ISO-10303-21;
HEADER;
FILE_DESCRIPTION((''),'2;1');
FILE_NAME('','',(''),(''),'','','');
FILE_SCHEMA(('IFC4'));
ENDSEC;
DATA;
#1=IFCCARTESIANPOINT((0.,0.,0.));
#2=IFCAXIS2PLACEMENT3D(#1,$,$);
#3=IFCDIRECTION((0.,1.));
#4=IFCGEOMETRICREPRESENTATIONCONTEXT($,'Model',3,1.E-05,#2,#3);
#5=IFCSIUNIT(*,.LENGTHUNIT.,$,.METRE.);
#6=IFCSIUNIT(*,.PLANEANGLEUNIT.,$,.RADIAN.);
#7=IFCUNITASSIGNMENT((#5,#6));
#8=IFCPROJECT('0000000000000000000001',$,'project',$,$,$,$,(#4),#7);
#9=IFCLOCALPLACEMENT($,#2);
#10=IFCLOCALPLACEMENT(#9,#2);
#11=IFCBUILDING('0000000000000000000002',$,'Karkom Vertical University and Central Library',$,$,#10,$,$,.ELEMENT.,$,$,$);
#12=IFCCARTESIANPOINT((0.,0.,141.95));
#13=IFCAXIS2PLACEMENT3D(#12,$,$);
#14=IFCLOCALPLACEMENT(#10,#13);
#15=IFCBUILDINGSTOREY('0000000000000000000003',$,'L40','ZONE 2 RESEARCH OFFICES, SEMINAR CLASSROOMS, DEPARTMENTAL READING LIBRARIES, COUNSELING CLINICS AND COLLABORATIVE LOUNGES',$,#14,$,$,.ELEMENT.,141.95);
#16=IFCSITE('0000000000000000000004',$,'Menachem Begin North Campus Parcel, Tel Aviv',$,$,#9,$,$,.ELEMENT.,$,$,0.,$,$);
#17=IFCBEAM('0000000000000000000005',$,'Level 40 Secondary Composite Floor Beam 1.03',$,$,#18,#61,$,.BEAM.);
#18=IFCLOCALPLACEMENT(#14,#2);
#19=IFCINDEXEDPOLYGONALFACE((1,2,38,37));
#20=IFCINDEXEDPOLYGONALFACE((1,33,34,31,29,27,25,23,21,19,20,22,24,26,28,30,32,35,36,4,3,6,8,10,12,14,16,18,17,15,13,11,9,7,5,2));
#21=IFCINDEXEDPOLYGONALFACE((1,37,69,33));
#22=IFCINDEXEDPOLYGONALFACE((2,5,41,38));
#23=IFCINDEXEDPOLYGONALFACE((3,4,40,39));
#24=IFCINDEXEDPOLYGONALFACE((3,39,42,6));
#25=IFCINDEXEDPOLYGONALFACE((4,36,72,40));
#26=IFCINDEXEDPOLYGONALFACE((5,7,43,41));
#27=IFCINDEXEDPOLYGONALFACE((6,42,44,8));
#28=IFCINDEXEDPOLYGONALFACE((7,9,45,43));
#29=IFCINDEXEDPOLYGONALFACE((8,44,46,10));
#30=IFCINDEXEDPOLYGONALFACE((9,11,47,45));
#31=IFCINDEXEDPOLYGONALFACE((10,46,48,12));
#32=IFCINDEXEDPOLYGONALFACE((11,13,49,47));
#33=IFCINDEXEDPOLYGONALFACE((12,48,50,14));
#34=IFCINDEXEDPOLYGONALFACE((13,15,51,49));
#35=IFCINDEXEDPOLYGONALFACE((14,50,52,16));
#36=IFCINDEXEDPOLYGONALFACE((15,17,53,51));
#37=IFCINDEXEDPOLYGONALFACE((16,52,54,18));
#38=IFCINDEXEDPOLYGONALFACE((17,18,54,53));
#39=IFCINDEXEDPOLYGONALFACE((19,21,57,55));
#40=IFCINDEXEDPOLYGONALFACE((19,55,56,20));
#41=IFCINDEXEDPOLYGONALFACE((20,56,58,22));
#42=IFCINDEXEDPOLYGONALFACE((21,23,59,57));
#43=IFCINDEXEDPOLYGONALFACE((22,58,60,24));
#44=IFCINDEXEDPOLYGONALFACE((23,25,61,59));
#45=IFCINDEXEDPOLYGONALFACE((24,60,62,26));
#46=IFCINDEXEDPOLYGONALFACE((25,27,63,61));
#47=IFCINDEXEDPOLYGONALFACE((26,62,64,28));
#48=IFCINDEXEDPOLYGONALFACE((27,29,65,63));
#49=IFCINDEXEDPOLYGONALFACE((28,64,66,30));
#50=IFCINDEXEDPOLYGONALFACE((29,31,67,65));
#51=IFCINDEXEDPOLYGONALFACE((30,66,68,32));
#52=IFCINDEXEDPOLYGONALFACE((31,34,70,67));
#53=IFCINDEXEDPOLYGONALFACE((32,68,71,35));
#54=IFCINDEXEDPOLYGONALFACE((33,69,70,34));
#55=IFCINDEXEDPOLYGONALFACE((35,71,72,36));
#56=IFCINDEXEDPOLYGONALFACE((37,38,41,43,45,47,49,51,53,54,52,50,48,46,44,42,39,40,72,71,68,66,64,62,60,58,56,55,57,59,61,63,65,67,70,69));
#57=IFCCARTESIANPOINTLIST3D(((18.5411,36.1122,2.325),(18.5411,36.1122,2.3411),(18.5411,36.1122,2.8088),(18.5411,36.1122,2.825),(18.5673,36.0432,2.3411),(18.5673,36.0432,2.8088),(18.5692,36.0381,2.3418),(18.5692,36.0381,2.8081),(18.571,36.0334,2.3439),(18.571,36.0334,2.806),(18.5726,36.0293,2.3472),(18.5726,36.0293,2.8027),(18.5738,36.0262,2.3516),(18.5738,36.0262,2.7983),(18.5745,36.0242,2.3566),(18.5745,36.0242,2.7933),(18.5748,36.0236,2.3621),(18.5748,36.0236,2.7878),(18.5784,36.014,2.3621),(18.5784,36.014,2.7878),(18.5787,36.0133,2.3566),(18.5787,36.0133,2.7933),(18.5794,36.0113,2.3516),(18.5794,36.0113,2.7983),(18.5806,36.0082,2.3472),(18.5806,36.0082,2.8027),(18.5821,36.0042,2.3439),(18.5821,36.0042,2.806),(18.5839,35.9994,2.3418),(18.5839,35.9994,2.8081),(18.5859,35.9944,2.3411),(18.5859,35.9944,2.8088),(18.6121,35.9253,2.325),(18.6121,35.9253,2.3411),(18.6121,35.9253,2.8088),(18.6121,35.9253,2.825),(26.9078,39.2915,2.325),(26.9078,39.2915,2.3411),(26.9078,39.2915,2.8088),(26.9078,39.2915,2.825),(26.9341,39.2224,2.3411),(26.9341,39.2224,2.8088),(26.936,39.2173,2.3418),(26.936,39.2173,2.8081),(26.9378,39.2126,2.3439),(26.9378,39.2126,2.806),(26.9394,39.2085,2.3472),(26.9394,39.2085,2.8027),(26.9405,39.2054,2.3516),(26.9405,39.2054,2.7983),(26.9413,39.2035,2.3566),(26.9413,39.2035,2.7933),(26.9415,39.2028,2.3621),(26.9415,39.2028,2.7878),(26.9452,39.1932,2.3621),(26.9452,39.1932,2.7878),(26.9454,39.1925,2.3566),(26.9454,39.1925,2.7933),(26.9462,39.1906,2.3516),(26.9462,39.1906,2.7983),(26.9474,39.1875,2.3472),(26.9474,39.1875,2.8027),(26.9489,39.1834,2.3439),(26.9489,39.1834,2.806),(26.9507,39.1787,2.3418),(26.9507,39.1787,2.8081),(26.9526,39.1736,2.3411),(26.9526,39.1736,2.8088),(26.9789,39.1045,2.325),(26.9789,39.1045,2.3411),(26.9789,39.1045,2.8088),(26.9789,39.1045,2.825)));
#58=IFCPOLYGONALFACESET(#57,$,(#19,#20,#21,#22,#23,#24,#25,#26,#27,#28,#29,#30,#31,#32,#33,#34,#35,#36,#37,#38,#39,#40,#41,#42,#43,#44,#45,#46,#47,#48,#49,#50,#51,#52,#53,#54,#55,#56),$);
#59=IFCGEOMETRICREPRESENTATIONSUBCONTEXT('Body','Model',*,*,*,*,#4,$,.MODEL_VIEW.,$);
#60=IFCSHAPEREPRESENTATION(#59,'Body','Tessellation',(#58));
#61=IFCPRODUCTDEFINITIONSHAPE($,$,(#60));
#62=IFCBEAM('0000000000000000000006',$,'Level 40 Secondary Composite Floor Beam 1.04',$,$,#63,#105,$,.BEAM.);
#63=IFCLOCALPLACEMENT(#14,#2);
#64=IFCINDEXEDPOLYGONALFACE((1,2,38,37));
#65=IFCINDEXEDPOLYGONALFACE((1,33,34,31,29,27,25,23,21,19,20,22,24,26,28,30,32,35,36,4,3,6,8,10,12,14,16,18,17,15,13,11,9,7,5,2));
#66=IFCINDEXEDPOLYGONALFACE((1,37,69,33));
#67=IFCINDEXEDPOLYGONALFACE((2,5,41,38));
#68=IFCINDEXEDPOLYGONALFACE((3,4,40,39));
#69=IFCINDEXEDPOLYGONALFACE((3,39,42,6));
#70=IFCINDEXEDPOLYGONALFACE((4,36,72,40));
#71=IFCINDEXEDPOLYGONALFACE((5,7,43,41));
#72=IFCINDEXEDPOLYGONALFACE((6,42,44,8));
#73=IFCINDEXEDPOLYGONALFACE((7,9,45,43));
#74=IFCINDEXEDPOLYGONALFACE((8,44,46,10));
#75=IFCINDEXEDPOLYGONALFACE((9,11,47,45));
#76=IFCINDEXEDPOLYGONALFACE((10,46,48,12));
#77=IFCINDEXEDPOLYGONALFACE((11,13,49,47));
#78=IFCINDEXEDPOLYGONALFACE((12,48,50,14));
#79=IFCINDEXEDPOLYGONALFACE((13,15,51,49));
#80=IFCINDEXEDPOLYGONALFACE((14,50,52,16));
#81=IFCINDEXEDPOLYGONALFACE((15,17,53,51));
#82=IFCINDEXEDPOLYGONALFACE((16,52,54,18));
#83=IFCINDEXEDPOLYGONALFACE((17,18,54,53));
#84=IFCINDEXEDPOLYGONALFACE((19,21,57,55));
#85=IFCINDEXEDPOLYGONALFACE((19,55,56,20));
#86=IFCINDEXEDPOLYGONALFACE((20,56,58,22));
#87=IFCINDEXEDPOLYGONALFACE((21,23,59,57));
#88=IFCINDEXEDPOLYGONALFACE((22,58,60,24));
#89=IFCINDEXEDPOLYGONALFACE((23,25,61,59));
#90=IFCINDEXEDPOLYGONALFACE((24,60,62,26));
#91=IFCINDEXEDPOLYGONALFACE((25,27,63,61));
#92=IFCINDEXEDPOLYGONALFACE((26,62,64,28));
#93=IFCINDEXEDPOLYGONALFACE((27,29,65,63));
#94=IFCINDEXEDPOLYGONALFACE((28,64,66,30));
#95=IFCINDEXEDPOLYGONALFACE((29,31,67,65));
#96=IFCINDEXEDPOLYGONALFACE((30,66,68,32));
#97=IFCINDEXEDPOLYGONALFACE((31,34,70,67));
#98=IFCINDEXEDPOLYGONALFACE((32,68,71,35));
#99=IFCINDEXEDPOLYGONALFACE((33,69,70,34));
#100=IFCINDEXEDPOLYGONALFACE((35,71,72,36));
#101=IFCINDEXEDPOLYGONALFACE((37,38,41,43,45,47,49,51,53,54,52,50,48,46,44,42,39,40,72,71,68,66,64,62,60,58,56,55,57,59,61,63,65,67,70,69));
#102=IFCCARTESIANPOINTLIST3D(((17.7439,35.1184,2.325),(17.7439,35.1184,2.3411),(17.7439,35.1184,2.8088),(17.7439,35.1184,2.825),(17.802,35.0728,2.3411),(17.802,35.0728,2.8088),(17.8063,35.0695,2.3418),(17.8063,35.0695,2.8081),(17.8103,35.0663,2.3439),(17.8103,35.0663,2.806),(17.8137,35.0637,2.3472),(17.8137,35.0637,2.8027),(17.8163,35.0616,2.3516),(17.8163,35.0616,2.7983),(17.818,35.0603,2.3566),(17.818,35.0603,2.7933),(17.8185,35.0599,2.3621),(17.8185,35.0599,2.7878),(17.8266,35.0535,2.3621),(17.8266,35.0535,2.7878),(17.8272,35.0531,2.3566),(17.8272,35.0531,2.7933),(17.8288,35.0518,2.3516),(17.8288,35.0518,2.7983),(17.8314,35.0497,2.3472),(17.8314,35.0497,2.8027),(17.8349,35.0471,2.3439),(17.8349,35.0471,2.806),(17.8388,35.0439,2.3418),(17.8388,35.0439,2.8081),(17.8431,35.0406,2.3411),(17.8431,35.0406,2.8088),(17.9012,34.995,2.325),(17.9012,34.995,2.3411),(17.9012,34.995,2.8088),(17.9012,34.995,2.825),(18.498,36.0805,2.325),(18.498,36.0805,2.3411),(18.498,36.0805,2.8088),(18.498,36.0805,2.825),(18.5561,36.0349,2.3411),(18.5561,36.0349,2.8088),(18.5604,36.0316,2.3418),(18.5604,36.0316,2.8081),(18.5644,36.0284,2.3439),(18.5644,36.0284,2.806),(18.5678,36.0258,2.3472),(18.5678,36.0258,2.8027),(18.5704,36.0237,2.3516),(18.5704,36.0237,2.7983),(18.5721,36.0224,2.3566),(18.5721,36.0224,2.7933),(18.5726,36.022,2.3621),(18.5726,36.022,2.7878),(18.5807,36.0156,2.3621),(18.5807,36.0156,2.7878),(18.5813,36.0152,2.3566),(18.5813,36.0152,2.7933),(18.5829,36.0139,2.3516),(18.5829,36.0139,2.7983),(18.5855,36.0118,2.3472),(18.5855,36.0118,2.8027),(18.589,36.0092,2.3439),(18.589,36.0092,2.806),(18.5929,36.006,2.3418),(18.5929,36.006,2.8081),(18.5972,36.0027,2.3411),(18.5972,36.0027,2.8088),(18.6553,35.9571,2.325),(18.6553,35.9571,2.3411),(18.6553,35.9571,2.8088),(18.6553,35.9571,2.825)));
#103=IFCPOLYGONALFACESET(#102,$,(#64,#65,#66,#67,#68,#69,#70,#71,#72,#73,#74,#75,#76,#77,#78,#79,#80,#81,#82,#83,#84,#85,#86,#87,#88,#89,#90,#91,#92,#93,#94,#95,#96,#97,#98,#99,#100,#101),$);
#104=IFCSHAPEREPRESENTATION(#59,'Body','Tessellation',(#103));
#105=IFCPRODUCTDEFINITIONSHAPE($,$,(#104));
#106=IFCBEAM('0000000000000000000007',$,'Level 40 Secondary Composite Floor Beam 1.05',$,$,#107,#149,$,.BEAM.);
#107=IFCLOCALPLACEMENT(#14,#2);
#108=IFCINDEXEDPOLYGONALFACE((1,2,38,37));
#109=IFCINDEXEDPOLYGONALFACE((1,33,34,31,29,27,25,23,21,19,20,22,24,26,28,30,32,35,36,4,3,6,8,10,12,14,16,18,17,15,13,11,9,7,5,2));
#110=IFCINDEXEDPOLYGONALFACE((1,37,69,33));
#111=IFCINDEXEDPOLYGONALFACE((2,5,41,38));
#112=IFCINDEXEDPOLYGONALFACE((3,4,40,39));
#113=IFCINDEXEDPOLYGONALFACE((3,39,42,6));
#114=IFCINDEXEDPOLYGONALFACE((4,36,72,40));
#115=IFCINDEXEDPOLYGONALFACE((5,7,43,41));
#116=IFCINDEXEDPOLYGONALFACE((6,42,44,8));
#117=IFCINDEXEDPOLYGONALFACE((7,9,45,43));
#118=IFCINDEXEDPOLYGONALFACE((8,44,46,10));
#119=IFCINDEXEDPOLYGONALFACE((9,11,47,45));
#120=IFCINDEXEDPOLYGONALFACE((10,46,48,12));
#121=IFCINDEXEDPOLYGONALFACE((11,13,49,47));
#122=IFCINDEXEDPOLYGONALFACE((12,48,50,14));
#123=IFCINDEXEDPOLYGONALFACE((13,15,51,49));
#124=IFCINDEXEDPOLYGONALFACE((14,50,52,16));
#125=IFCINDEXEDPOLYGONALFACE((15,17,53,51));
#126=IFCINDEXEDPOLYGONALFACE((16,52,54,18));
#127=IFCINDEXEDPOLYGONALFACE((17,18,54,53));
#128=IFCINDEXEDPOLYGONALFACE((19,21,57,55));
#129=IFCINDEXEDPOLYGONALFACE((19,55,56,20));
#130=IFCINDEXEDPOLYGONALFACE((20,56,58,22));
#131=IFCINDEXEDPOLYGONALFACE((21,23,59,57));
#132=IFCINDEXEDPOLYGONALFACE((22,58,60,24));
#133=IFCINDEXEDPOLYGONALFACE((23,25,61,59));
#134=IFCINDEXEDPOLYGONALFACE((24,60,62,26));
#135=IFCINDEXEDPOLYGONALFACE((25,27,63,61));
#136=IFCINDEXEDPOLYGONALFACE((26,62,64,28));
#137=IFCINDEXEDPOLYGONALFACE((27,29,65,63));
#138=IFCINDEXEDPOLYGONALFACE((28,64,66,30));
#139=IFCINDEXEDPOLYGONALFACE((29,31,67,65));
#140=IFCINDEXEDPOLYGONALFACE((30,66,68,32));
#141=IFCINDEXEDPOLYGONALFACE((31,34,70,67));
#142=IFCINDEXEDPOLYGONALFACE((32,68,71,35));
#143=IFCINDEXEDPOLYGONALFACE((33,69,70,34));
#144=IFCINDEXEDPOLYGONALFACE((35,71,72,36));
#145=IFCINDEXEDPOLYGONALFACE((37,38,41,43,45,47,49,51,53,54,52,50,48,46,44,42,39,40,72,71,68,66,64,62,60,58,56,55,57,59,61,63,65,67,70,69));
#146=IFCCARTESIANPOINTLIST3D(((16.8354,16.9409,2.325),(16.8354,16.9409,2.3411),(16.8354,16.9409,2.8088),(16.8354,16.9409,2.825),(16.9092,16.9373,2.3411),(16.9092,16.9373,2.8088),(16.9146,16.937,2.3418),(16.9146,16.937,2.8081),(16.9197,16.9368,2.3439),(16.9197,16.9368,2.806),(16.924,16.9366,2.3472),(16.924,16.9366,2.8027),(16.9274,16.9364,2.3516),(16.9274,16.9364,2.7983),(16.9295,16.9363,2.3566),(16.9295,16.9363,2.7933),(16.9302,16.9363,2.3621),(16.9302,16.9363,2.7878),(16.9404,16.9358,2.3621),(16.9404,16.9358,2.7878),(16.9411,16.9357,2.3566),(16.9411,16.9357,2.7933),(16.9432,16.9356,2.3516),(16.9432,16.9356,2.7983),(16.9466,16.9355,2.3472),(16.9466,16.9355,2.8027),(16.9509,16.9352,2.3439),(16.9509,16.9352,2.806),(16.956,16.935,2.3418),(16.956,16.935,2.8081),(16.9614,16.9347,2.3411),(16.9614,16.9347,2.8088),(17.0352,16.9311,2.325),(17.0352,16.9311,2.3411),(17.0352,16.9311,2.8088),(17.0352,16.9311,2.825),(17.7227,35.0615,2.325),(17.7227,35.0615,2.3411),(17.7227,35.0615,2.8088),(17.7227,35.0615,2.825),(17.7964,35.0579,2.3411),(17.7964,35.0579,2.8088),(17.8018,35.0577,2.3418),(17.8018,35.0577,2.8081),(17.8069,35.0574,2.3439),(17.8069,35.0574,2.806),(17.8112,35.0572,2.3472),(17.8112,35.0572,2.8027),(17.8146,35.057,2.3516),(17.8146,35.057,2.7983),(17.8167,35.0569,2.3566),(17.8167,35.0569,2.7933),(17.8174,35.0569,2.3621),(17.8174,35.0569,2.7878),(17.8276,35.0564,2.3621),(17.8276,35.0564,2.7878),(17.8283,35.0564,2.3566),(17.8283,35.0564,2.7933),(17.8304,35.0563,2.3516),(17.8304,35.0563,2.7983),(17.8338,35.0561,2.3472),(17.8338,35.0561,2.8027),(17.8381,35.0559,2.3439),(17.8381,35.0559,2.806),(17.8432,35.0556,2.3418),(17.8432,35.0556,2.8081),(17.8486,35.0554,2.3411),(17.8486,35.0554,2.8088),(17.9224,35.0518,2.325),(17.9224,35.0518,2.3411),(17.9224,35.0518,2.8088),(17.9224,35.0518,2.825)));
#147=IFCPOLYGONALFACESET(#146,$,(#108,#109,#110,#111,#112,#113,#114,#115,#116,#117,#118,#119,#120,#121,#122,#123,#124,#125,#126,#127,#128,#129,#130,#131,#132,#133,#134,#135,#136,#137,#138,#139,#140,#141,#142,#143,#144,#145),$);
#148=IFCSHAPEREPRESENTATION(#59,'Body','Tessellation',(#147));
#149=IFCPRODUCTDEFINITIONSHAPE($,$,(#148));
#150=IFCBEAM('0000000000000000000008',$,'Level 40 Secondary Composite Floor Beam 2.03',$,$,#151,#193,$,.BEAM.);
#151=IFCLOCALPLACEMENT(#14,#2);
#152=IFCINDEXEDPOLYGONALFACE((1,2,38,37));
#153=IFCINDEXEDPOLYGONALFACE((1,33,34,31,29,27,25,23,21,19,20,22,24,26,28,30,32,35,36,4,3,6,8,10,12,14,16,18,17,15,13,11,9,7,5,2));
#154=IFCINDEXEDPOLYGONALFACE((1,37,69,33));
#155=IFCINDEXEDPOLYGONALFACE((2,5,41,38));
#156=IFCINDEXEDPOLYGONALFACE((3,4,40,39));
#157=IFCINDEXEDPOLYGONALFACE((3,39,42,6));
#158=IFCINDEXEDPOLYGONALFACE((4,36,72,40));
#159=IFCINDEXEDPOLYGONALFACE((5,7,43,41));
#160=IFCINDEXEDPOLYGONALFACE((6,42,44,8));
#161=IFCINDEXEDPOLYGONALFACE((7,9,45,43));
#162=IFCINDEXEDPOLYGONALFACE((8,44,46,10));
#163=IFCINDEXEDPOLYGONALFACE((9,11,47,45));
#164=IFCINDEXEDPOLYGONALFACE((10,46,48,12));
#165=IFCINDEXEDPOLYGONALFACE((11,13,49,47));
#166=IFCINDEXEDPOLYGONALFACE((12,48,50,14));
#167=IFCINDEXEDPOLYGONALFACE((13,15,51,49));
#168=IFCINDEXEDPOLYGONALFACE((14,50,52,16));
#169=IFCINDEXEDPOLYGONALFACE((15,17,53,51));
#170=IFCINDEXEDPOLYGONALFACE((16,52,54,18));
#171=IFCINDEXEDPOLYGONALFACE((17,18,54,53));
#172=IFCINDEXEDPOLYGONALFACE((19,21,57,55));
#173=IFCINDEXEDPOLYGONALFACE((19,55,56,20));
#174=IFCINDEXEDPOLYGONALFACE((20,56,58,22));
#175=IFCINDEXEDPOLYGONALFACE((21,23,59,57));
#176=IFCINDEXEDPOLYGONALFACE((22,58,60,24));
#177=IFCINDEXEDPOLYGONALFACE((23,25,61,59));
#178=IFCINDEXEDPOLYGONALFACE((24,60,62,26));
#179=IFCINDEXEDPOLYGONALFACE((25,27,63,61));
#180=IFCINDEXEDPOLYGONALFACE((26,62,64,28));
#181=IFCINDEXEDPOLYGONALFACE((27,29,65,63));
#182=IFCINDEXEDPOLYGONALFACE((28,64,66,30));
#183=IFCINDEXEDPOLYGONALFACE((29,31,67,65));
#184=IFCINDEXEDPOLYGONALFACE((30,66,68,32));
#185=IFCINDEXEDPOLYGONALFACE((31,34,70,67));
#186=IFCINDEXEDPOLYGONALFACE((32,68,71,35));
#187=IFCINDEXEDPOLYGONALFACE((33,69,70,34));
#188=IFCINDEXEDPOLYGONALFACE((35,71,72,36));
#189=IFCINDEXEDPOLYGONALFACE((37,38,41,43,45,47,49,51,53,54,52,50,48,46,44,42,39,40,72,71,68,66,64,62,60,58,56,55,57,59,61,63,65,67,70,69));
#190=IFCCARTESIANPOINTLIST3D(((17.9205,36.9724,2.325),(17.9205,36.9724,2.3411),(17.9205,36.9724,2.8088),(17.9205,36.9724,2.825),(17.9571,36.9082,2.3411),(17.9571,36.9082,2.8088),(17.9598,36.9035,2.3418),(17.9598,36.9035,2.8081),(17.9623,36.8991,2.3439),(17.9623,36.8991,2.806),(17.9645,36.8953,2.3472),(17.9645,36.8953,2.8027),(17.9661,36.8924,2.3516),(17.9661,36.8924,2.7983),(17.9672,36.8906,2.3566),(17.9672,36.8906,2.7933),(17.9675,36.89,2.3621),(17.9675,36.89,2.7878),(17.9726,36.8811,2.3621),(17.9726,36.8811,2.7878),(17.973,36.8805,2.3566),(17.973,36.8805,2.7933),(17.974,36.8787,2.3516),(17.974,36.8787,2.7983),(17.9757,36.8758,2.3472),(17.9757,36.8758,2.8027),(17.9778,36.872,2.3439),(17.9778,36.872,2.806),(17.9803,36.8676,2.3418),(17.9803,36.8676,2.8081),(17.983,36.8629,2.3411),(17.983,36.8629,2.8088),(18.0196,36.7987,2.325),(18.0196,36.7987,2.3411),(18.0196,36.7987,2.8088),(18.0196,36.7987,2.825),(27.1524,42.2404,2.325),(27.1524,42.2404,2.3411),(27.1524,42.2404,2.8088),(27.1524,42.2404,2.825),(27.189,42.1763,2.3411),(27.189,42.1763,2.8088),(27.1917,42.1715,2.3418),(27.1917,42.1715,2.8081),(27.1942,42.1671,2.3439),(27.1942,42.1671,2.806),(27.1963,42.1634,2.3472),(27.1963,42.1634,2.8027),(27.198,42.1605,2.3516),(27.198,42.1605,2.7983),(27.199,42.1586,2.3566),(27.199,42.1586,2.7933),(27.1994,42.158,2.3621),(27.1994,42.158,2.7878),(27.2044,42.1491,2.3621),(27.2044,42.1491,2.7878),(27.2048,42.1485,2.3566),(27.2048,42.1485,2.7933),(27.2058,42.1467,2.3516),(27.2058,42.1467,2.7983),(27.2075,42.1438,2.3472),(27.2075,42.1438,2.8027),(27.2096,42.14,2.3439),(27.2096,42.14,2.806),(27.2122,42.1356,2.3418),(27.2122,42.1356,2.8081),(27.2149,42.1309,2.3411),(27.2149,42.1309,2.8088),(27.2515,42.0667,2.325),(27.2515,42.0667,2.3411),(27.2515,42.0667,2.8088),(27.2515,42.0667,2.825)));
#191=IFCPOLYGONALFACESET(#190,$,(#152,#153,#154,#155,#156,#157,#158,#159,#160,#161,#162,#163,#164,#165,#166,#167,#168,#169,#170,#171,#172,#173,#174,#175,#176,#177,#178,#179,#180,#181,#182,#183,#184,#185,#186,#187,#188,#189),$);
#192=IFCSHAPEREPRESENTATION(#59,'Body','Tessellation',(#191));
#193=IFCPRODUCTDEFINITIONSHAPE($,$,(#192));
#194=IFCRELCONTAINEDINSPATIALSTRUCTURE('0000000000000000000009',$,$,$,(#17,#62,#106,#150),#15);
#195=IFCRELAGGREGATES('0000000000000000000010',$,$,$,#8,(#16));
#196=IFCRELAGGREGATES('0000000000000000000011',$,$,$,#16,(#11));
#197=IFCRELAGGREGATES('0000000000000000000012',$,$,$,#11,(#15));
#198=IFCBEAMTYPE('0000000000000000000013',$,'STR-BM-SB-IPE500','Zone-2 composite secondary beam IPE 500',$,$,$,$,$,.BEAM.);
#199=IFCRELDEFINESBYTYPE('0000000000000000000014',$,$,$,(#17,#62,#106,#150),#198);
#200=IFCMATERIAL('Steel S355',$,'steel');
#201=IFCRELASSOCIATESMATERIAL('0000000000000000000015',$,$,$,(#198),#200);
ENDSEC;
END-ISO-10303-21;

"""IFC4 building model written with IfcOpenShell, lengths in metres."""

from ifc_helpers import new_model, si_unit, direction, frame, origin, origin_with_axes, origin_2d, place, context, subcontext, project, spatial, i_section, extrude, source, transform, mapped, material, material_profile, profile_set, type_object, element, save


model = new_model("IFC4")

# Units and contexts
model_context = context("Model", 3, precision=1e-05, world=origin(), true_north=direction((0.0, 1.0)))
body_context = subcontext(model_context, "Body", "Model", "MODEL_VIEW")
ifc_project = project(units=[si_unit("LENGTHUNIT", "METRE"), si_unit("PLANEANGLEUNIT", "RADIAN")], contexts=[model_context])

# Site, building, storey
site_placement = place(None, origin())
site = spatial("IfcSite", under=ifc_project, at=site_placement, Name="Menachem Begin North Campus Parcel, Tel Aviv", CompositionType="ELEMENT", RefElevation=0.0)
building_placement = place(site_placement, origin())
building = spatial("IfcBuilding", under=site, at=building_placement, Name="Karkom Vertical University and Central Library", CompositionType="ELEMENT")
storey_placement = place(building_placement, frame((0.0, 0.0, 141.95)))
storey = spatial("IfcBuildingStorey", under=building, at=storey_placement, Name="L40", Description="ZONE 2 RESEARCH OFFICES, SEMINAR CLASSROOMS, DEPARTMENTAL READING LIBRARIES, COUNSELING CLINICS AND COLLABORATIVE LOUNGES", CompositionType="ELEMENT", Elevation=141.95)

# Beams
ifc_material_1 = material(Name="Steel S355", Category="steel")
ifc_material_profile_1 = material_profile(ifc_material_1, i_section(OverallWidth=0.2, OverallDepth=0.5, WebThickness=0.0103, FlangeThickness=0.0161, FilletRadius=0.021, at=origin_2d()), Name="IPE 500")
ifc_profile_set_1 = profile_set([ifc_material_profile_1], Name="Steel S355")
beam_type_1 = type_object("IfcBeamType", Name="STR-BM-SB-IPE500", Description="Zone-2 composite secondary beam IPE 500", PredefinedType="BEAM", material=ifc_profile_set_1)
shared_shape_1 = source(origin_with_axes(), body_context, "Body", "SweptSolid", [
    extrude(i_section(OverallWidth=0.2, OverallDepth=0.5, WebThickness=0.0103, FlangeThickness=0.0161, FilletRadius=0.021, at=origin_2d()), origin(), (0.0, 0.0, 1.0), 8.9504),
])
beam_1_placement = place(storey_placement, frame((26.9434, 39.198, 2.575), z_axis=(-0.934789, -0.355203, 0.0), x_axis=(0.355203, -0.934789, 0.0)))
element("IfcBeam", 1, at=beam_1_placement, inside=storey, type_object=beam_type_1, Name="Level 40 Secondary Composite Floor Beam 1.03", PredefinedType="BEAM", context=body_context, shape_type="MappedRepresentation", body=[
    mapped(shared_shape_1, transform((0.0, 0.0, 0.0), scale=1.0)),
])
shared_shape_2 = source(origin_with_axes(), body_context, "Body", "SweptSolid", [
    extrude(i_section(OverallWidth=0.2, OverallDepth=0.5, WebThickness=0.0103, FlangeThickness=0.0161, FilletRadius=0.021, at=origin_2d()), origin(), (0.0, 0.0, 1.0), 1.2224),
])
beam_2_placement = place(storey_placement, frame((18.5767, 36.0188, 2.575), z_axis=(-0.616895, -0.787045, 0.0), x_axis=(0.787045, -0.616895, 0.0)))
element("IfcBeam", 2, at=beam_2_placement, inside=storey, type_object=beam_type_1, Name="Level 40 Secondary Composite Floor Beam 1.04", PredefinedType="BEAM", context=body_context, shape_type="MappedRepresentation", body=[
    mapped(shared_shape_2, transform((0.0, 0.0, 0.0), scale=1.0)),
])
shared_shape_3 = source(origin_with_axes(), body_context, "Body", "SweptSolid", [
    extrude(i_section(OverallWidth=0.2, OverallDepth=0.5, WebThickness=0.0103, FlangeThickness=0.0161, FilletRadius=0.021, at=origin_2d()), origin(), (0.0, 0.0, 1.0), 18.1423),
])
beam_3_placement = place(storey_placement, frame((17.8225, 35.0566, 2.575), z_axis=(-0.048903, -0.998804, 0.0), x_axis=(0.998804, -0.048903, 0.0)))
element("IfcBeam", 3, at=beam_3_placement, inside=storey, type_object=beam_type_1, Name="Level 40 Secondary Composite Floor Beam 1.05", PredefinedType="BEAM", context=body_context, shape_type="MappedRepresentation", body=[
    mapped(shared_shape_3, transform((0.0, 0.0, 0.0), scale=1.0)),
])
shared_shape_4 = source(origin_with_axes(), body_context, "Body", "SweptSolid", [
    extrude(i_section(OverallWidth=0.2, OverallDepth=0.5, WebThickness=0.0103, FlangeThickness=0.0161, FilletRadius=0.021, at=origin_2d()), origin(), (0.0, 0.0, 1.0), 10.6292),
])
beam_4_placement = place(storey_placement, frame((27.2019, 42.1536, 2.575), z_axis=(-0.86854, -0.495619, 0.0), x_axis=(0.495619, -0.86854, 0.0)))
element("IfcBeam", 4, at=beam_4_placement, inside=storey, type_object=beam_type_1, Name="Level 40 Secondary Composite Floor Beam 2.03", PredefinedType="BEAM", context=body_context, shape_type="MappedRepresentation", body=[
    mapped(shared_shape_4, transform((0.0, 0.0, 0.0), scale=1.0)),
])

save(model, "model.ifc")
